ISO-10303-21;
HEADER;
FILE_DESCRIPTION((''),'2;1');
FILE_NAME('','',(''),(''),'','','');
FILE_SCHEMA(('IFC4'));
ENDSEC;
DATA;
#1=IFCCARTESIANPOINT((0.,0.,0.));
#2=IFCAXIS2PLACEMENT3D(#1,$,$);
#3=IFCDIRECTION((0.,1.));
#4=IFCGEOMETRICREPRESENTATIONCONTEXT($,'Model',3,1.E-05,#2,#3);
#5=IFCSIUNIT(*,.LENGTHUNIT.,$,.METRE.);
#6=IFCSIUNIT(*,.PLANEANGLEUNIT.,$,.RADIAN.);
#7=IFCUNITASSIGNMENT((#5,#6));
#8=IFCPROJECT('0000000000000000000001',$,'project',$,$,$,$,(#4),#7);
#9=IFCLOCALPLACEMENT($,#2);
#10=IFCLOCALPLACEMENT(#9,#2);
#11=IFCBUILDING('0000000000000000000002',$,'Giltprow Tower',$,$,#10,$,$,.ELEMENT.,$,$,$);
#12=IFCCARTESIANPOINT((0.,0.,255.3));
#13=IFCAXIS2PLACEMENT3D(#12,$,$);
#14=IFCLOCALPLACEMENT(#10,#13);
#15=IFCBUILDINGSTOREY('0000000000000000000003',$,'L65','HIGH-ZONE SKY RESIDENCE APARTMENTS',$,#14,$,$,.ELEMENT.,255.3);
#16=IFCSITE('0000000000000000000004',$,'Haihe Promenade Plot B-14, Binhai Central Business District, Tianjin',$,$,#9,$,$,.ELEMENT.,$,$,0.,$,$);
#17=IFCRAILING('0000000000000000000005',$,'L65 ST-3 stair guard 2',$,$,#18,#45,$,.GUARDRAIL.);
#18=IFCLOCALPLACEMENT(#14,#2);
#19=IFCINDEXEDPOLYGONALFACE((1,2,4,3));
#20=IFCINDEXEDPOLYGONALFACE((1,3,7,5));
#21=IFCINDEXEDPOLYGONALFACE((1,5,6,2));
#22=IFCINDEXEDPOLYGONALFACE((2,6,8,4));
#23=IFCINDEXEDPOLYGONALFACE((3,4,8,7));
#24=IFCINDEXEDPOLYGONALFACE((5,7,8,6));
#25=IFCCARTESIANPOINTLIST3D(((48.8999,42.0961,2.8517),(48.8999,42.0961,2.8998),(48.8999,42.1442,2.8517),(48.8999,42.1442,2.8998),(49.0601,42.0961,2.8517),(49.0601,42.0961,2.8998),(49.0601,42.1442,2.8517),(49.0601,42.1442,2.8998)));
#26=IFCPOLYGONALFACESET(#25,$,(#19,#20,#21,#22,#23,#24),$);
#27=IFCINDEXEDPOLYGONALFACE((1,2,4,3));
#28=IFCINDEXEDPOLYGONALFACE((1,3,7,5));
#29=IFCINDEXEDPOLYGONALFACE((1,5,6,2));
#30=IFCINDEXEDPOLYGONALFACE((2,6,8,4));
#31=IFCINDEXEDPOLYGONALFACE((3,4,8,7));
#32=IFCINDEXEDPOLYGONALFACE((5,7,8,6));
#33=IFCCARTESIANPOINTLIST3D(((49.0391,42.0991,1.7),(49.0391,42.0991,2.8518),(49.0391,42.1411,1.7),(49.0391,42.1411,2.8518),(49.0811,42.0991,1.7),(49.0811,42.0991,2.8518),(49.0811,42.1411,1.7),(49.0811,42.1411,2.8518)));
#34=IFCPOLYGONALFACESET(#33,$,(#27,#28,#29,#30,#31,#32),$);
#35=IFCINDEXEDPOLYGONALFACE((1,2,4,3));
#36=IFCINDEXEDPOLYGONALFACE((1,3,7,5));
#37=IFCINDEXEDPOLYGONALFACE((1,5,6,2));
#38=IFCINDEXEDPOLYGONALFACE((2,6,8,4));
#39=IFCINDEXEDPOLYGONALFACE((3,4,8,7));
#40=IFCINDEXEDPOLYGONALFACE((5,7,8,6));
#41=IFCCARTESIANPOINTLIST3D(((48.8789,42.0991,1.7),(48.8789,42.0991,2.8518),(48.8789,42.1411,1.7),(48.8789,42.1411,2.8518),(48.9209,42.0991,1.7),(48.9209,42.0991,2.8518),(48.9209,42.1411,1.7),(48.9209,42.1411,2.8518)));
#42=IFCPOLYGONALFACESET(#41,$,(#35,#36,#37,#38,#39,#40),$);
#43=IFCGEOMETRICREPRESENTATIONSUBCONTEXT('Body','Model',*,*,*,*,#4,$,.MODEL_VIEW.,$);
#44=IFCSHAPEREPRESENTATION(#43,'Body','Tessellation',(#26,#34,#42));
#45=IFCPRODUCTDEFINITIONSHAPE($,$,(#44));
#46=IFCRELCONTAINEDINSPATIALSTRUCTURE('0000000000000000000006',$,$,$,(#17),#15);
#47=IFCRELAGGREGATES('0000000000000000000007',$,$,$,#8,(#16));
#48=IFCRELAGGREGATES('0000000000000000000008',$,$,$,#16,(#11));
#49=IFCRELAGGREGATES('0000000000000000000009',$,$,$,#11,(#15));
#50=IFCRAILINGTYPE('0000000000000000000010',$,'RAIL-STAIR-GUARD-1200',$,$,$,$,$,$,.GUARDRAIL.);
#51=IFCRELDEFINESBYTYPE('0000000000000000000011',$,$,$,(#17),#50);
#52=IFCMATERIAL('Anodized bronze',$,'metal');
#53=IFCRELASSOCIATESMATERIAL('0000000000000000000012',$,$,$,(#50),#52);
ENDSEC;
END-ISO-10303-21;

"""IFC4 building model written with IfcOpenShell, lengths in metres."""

from ifc_helpers import new_model, si_unit, direction, frame, origin, origin_2d, place, context, subcontext, project, spatial, rectangle, extrude, material, type_object, element, save


model = new_model("IFC4")

# Units and contexts
model_context = context("Model", 3, precision=1e-05, world=origin(), true_north=direction((0.0, 1.0)))
body_context = subcontext(model_context, "Body", "Model", "MODEL_VIEW")
ifc_project = project(units=[si_unit("LENGTHUNIT", "METRE"), si_unit("PLANEANGLEUNIT", "RADIAN")], contexts=[model_context])

# Site, building, storey
site_placement = place(None, origin())
site = spatial("IfcSite", under=ifc_project, at=site_placement, Name="Haihe Promenade Plot B-14, Binhai Central Business District, Tianjin", CompositionType="ELEMENT", RefElevation=0.0)
building_placement = place(site_placement, origin())
building = spatial("IfcBuilding", under=site, at=building_placement, Name="Giltprow Tower", CompositionType="ELEMENT")
storey_placement = place(building_placement, frame((0.0, 0.0, 255.3)))
storey = spatial("IfcBuildingStorey", under=building, at=storey_placement, Name="L65", Description="HIGH-ZONE SKY RESIDENCE APARTMENTS", CompositionType="ELEMENT", Elevation=255.3)

# Railing
ifc_material_1 = material(Name="Anodized bronze", Category="metal")
railing_type_1 = type_object("IfcRailingType", Name="RAIL-STAIR-GUARD-1200", PredefinedType="GUARDRAIL", material=ifc_material_1)
railing_1_placement = place(storey_placement, frame((49.0601, 42.1201, 1.7)))
element("IfcRailing", 1, at=railing_1_placement, inside=storey, type_object=railing_type_1, Name="L65 ST-3 stair guard 2", PredefinedType="GUARDRAIL", context=body_context, shape_type="SweptSolid", body=[
    extrude(rectangle(XDim=0.0481, YDim=0.0481, at=origin_2d()), frame((0.0, 0.0, 1.1758), z_axis=(-1.0, 0.0, 0.0), x_axis=(0.0, -1.0, 0.0)), (0.0, 0.0, 1.0), 0.1602),
    extrude(rectangle(XDim=0.042, YDim=0.042, at=origin_2d()), origin(), (0.0, 0.0, 1.0), 1.1519),
    extrude(rectangle(XDim=0.042, YDim=0.042, at=origin_2d()), frame((-0.1602, 0.0, 0.0)), (0.0, 0.0, 1.0), 1.1519),
])

save(model, "model.ifc")
